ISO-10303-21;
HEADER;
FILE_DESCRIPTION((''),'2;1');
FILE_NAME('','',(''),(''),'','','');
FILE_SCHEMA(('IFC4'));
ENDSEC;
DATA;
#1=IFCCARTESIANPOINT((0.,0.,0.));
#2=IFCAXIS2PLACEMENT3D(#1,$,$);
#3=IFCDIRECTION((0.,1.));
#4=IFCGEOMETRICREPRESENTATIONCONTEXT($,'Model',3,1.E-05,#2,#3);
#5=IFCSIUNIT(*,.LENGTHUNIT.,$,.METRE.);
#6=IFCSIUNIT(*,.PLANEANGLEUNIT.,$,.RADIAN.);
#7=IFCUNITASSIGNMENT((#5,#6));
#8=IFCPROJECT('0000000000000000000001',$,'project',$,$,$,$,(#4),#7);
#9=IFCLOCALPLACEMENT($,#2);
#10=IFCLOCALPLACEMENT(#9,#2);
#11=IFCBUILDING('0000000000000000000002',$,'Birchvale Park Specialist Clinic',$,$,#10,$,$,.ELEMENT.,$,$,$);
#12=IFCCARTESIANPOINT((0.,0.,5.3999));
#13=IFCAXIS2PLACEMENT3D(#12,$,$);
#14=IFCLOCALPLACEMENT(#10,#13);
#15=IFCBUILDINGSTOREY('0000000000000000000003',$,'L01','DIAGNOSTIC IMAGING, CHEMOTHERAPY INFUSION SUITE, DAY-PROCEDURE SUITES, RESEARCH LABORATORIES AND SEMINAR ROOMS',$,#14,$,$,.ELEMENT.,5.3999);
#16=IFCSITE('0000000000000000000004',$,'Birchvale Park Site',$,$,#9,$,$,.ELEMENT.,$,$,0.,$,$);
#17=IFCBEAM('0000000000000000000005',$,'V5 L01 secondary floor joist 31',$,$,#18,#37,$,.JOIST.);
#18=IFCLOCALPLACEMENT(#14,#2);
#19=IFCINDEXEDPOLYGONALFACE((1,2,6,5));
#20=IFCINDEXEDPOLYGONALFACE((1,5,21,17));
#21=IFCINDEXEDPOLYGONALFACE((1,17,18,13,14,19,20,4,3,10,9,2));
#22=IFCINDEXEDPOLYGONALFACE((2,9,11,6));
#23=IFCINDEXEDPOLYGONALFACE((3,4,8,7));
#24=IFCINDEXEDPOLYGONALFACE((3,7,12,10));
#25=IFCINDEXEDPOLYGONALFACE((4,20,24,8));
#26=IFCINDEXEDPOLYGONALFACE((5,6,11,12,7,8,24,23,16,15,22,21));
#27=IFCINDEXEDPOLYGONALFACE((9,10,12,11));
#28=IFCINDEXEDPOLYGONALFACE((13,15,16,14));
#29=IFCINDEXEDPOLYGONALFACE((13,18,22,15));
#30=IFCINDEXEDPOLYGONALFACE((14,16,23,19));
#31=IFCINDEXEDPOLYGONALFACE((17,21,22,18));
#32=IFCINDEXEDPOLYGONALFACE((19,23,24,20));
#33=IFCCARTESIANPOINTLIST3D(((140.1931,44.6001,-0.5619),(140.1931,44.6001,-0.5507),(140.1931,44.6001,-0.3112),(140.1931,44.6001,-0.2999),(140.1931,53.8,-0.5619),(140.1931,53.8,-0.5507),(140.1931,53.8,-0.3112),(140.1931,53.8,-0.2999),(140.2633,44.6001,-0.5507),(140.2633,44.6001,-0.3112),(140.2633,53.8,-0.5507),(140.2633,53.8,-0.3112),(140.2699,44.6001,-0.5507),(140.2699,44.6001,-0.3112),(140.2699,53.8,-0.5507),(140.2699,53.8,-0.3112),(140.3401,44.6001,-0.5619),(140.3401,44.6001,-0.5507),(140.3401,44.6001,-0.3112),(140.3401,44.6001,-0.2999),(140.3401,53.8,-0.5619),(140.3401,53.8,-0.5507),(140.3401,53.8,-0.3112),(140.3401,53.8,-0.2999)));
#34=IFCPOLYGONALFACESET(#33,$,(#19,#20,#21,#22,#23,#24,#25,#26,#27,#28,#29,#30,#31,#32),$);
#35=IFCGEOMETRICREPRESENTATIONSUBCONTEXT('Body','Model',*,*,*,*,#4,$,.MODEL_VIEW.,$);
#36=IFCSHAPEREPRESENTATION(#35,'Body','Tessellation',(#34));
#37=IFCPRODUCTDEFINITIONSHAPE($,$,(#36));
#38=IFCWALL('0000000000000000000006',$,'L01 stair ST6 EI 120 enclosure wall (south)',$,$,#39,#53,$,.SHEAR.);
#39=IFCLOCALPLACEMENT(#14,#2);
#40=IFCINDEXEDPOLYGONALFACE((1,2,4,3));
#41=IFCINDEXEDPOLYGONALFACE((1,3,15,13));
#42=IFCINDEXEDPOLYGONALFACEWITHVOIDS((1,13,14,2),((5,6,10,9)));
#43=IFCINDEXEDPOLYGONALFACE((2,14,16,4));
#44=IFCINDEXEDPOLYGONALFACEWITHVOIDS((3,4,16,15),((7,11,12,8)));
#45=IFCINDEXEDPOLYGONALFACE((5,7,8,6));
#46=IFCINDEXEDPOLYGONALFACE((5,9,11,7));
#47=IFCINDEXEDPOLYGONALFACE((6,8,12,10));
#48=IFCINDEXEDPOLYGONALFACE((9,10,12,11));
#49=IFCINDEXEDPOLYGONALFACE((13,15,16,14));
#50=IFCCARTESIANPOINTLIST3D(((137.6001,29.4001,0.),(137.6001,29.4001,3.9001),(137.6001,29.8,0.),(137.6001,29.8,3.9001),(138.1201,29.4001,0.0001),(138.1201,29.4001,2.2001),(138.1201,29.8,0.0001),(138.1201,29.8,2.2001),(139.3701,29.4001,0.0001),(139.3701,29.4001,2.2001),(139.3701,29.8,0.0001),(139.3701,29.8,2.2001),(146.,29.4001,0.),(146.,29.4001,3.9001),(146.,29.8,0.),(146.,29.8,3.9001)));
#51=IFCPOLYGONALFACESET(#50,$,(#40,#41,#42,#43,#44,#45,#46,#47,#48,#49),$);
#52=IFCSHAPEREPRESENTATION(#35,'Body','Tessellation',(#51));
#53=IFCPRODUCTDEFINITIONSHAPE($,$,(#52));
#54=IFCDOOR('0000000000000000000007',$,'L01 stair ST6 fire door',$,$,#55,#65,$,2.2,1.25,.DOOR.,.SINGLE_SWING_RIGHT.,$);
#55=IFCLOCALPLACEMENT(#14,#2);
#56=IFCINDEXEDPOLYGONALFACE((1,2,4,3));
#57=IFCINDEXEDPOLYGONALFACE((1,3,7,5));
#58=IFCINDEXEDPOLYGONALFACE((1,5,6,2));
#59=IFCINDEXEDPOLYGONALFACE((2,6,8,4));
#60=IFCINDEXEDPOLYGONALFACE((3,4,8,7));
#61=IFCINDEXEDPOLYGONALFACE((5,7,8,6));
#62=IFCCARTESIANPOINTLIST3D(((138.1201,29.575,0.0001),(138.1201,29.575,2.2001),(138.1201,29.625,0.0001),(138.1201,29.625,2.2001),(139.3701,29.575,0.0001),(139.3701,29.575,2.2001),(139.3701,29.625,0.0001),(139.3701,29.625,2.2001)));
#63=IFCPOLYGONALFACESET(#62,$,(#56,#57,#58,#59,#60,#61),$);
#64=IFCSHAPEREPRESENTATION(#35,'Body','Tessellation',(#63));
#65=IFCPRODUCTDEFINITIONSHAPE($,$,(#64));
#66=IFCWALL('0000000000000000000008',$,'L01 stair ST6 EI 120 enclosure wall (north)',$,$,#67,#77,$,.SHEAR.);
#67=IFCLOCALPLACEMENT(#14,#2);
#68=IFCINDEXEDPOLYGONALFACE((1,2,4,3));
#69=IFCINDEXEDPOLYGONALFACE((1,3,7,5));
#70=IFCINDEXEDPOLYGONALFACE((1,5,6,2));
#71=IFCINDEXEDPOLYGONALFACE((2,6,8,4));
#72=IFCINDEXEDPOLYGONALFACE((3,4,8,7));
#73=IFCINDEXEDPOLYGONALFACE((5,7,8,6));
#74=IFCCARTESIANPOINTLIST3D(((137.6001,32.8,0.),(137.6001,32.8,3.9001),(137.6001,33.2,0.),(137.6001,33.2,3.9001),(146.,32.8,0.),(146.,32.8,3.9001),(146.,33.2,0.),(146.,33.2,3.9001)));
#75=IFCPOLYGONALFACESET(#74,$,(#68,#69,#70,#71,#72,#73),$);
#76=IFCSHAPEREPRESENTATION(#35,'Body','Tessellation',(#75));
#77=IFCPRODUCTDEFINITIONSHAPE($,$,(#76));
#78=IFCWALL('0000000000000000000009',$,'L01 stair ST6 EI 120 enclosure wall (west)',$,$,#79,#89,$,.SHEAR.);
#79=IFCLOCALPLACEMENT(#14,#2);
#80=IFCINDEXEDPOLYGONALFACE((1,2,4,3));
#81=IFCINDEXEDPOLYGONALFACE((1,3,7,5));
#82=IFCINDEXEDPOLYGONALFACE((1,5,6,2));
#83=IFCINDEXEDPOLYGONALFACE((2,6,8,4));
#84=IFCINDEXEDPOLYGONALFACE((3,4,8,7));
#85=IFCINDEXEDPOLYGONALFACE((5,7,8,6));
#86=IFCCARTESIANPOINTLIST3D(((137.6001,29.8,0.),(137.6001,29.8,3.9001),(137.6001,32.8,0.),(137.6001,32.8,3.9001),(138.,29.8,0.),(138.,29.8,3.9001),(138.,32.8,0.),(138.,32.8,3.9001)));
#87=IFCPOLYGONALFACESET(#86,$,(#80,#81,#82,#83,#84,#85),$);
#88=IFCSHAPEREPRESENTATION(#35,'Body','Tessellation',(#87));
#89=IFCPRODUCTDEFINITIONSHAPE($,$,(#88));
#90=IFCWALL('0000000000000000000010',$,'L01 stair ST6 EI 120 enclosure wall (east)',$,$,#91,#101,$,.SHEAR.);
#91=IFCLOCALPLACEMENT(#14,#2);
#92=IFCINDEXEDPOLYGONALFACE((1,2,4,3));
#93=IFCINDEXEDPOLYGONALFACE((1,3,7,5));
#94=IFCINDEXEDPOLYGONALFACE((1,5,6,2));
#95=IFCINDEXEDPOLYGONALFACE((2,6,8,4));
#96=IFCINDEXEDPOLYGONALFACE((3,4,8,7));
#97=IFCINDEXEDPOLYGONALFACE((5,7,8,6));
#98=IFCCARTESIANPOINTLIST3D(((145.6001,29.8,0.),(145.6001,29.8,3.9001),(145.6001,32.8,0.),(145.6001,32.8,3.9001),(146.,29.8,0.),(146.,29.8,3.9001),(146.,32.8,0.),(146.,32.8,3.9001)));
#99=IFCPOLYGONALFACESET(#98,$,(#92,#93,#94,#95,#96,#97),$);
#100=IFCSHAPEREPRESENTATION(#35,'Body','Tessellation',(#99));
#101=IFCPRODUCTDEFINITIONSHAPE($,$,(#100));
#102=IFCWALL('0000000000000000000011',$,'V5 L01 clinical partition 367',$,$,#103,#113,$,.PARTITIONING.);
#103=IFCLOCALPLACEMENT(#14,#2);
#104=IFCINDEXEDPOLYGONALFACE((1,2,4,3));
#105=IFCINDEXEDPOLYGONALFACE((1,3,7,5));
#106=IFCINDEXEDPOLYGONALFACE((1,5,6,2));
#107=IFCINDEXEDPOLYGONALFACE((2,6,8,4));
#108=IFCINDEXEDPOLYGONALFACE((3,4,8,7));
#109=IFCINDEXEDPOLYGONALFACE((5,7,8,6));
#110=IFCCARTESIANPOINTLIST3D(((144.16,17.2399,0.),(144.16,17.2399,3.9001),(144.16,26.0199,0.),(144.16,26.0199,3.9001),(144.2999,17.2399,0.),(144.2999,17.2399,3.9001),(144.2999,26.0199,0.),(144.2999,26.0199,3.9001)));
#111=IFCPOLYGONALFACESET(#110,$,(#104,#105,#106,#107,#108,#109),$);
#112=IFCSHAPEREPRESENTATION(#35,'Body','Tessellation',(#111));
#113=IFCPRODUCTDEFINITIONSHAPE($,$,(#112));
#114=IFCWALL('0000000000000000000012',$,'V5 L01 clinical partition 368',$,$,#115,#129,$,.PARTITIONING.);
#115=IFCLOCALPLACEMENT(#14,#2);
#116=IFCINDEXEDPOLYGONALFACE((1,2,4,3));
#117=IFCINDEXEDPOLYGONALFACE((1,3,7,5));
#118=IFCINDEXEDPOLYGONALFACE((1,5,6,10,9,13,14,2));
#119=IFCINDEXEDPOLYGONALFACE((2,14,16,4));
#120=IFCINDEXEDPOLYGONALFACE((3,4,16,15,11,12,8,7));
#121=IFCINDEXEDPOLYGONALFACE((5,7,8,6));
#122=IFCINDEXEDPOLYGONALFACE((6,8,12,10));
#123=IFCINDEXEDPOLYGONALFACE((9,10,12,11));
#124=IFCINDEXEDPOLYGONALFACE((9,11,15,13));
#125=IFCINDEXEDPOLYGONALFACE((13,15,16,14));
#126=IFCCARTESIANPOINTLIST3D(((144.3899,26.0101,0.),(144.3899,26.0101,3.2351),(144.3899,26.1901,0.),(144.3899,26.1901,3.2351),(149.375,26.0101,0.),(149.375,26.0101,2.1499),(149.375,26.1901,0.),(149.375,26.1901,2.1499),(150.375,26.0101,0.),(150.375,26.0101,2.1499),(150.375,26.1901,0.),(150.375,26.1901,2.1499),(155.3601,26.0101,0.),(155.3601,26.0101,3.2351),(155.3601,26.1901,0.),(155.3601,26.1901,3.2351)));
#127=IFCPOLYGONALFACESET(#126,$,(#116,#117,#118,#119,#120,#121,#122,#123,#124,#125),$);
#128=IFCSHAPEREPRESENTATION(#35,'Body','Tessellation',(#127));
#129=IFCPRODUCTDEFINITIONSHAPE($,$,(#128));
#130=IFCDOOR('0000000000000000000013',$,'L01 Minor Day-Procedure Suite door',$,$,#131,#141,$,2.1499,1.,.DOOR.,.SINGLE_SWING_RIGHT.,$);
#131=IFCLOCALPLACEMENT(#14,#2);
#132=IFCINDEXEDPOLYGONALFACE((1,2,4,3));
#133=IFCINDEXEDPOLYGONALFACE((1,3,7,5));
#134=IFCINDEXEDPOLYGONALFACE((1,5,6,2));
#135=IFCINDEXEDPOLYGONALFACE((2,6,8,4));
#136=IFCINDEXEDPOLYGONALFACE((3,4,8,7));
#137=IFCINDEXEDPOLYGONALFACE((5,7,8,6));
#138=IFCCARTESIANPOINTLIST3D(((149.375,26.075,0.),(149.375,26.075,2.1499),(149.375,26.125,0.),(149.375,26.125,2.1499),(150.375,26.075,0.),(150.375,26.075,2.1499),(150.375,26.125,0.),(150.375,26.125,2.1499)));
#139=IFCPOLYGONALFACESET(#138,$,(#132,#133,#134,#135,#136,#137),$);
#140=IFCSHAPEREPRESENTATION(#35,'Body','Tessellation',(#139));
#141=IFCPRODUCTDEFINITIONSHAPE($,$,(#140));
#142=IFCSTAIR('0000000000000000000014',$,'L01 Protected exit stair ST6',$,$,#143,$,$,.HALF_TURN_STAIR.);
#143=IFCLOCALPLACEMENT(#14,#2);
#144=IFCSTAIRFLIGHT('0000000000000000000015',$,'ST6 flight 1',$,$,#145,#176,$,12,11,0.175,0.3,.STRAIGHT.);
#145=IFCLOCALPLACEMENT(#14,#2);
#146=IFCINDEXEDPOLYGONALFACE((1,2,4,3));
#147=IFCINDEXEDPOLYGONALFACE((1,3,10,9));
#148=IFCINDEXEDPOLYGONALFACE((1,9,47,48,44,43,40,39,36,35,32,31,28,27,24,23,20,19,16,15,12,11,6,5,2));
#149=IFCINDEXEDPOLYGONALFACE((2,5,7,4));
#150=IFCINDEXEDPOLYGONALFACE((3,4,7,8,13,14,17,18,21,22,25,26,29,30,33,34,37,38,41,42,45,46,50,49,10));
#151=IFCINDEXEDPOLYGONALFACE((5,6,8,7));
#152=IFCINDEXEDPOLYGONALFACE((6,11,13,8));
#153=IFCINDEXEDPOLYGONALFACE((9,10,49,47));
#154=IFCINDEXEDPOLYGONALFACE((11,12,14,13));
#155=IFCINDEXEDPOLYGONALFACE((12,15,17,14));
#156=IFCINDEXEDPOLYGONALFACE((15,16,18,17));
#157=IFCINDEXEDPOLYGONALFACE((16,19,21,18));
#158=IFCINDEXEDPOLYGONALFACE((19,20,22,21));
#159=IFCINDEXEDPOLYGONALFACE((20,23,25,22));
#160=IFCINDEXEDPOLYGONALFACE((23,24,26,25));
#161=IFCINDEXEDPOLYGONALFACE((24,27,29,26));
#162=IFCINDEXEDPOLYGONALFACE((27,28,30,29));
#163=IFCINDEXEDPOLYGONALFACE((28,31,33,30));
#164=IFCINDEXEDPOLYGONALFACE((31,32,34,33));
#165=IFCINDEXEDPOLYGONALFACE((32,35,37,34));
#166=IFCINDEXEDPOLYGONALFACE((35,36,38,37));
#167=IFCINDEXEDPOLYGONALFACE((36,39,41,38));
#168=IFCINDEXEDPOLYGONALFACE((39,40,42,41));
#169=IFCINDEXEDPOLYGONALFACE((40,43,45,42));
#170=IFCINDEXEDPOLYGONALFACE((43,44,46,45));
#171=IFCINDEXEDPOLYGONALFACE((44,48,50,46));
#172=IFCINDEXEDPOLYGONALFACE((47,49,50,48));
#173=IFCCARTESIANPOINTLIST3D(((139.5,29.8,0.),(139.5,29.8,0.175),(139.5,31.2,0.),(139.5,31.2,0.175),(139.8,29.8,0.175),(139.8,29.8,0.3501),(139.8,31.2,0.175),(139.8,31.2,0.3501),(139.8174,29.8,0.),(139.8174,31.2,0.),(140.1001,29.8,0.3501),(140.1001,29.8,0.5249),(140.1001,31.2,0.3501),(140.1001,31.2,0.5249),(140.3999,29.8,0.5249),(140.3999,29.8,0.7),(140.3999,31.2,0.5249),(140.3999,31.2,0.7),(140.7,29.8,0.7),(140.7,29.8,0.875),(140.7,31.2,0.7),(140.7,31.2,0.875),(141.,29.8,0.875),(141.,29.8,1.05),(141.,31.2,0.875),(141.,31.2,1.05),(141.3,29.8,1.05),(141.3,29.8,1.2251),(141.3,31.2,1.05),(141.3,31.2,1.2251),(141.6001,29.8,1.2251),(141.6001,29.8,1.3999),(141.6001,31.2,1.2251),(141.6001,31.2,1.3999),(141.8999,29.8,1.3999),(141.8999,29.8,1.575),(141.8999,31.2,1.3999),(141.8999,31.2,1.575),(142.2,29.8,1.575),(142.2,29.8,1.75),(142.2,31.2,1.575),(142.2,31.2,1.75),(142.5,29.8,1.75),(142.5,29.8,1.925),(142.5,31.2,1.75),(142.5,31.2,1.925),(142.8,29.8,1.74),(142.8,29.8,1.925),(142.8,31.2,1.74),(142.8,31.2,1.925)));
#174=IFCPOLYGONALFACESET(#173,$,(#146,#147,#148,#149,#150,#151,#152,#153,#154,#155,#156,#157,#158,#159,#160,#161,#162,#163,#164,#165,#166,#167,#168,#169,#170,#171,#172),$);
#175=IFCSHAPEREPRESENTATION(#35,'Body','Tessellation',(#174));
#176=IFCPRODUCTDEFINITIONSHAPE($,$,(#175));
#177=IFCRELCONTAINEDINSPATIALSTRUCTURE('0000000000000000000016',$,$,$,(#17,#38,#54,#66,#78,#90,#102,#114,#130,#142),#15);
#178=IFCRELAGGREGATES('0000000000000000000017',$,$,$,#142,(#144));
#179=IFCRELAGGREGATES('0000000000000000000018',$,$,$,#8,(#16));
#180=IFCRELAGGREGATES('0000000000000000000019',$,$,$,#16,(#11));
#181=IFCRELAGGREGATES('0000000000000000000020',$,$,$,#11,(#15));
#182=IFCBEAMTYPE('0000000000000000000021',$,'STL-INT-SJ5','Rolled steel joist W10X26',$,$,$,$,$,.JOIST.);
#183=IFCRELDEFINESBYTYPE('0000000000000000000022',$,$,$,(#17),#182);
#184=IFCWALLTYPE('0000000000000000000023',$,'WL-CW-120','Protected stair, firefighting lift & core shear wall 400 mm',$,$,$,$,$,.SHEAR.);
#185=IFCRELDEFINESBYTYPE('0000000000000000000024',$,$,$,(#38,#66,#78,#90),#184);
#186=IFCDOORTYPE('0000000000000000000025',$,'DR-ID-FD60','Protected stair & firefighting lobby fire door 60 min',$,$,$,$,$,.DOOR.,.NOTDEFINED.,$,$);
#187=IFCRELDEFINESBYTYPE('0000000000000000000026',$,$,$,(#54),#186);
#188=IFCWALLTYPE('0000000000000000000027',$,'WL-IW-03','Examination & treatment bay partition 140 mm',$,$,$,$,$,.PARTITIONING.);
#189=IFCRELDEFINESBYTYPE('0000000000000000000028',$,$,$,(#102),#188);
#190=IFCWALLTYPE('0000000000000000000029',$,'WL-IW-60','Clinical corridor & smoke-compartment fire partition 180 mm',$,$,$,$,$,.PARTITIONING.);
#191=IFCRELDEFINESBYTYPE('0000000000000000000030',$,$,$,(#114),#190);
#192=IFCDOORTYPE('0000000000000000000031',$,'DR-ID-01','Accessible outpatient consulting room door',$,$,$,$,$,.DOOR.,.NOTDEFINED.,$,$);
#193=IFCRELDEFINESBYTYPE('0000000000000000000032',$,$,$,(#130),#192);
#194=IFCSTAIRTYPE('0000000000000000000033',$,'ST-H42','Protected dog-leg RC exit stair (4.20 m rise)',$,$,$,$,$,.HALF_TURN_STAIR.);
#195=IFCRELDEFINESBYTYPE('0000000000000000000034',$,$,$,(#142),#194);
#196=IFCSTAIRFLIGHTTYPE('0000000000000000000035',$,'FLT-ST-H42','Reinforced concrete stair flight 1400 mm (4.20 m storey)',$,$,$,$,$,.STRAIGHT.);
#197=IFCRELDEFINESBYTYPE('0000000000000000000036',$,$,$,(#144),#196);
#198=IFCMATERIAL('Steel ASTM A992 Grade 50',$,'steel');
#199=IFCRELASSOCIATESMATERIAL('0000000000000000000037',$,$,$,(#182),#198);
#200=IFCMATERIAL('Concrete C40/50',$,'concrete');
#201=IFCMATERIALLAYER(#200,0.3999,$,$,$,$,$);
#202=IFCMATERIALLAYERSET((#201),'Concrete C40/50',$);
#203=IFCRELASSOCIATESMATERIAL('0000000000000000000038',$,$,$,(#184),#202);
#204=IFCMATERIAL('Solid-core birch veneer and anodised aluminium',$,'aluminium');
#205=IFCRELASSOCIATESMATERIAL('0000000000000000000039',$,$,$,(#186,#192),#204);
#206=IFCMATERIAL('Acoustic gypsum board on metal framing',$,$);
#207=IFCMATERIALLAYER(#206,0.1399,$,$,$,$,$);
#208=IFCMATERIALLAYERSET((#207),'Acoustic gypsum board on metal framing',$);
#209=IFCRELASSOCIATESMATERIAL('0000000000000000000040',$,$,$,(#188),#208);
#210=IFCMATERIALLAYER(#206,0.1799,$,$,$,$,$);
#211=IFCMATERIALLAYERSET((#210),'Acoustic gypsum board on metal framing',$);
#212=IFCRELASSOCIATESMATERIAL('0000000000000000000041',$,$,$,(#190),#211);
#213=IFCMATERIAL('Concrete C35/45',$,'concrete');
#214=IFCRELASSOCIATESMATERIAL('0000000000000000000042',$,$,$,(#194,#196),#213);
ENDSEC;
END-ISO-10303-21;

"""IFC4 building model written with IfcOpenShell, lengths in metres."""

from ifc_helpers import new_model, si_unit, direction, frame, frame_2d, origin, origin_2d, place, context, subcontext, project, spatial, polyline, rectangle, i_section, outline, extrude, material, layer, layer_set, material_profile, profile_set, type_object, element, fill, aggregate, save


model = new_model("IFC4")

# Units and contexts
model_context = context("Model", 3, precision=1e-05, world=origin(), true_north=direction((0.0, 1.0)))
body_context = subcontext(model_context, "Body", "Model", "MODEL_VIEW")
ifc_project = project(units=[si_unit("LENGTHUNIT", "METRE"), si_unit("PLANEANGLEUNIT", "RADIAN")], contexts=[model_context])

# Site, building, storey
site_placement = place(None, origin())
site = spatial("IfcSite", under=ifc_project, at=site_placement, Name="Birchvale Park Site", CompositionType="ELEMENT", RefElevation=0.0)
building_placement = place(site_placement, origin())
building = spatial("IfcBuilding", under=site, at=building_placement, Name="Birchvale Park Specialist Clinic", CompositionType="ELEMENT")
storey_placement = place(building_placement, frame((0.0, 0.0, 5.3999)))
storey = spatial("IfcBuildingStorey", under=building, at=storey_placement, Name="L01", Description="DIAGNOSTIC IMAGING, CHEMOTHERAPY INFUSION SUITE, DAY-PROCEDURE SUITES, RESEARCH LABORATORIES AND SEMINAR ROOMS", CompositionType="ELEMENT", Elevation=5.3999)

# Shared definitions
ifc_material_1 = material(Name="Concrete C40/50", Category="concrete")

# Beam
ifc_material_2 = material(Name="Steel ASTM A992 Grade 50", Category="steel")
ifc_material_profile_1 = material_profile(ifc_material_2, i_section(OverallWidth=0.147, OverallDepth=0.262, WebThickness=0.0066, FlangeThickness=0.0112, at=origin_2d()), Name="W10X26")
ifc_profile_set_1 = profile_set([ifc_material_profile_1], Name="Steel ASTM A992 Grade 50")
beam_type_1 = type_object("IfcBeamType", Name="STL-INT-SJ5", Description="Rolled steel joist W10X26", PredefinedType="JOIST", material=ifc_profile_set_1)
beam_1_placement = place(storey_placement, frame((140.2666, 44.6001, -0.4309), z_axis=(0.0, 1.0, 0.0), x_axis=(-1.0, 0.0, 0.0)))
element("IfcBeam", 1, at=beam_1_placement, inside=storey, type_object=beam_type_1, Name="V5 L01 secondary floor joist 31", PredefinedType="JOIST", context=body_context, shape_type="SweptSolid", body=[
    extrude(i_section(OverallWidth=0.147, OverallDepth=0.262, WebThickness=0.0066, FlangeThickness=0.0112, at=origin_2d()), origin(), (0.0, 0.0, 1.0), 9.2),
])

# Wall, opening, door
ifc_layer_1 = layer(ifc_material_1, 0.3999)
ifc_layer_set_1 = layer_set([ifc_layer_1], Name="Concrete C40/50")
wall_type_1 = type_object("IfcWallType", Name="WL-CW-120", Description="Protected stair, firefighting lift & core shear wall 400 mm", PredefinedType="SHEAR", material=ifc_layer_set_1)
wall_1_placement = place(storey_placement, frame((137.6001, 29.6001, 0.0), z_axis=(0.0, 0.0, 1.0), x_axis=(1.0, 0.0, 0.0)))
wall_1 = element("IfcWall", 2, at=wall_1_placement, inside=storey, type_object=wall_type_1, Name="L01 stair ST6 EI 120 enclosure wall (south)", PredefinedType="SHEAR", context=body_context, shape_type="SweptSolid", body=[
    extrude(rectangle(XDim=8.3999, YDim=0.3999, at=frame_2d((4.2, 0.0))), origin(), (0.0, 0.0, 1.0), 3.9001),
])
opening_1_placement = place(wall_1_placement, frame((0.52, 0.0, 0.0)))
opening_1 = element("IfcOpeningElement", 3, at=opening_1_placement, cuts=wall_1, PredefinedType="OPENING", context=body_context, shape_type="SweptSolid", body=[
    extrude(rectangle(XDim=1.25, YDim=2.2, at=frame_2d((0.625, 1.1001))), frame((0.0, 0.21, 0.0), z_axis=(0.0, -1.0, 0.0), x_axis=(1.0, 0.0, 0.0)), (0.0, 0.0, 1.0), 0.4199),
])
ifc_material_3 = material(Name="Solid-core birch veneer and anodised aluminium", Category="aluminium")
door_type_1 = type_object("IfcDoorType", Name="DR-ID-FD60", Description="Protected stair & firefighting lobby fire door 60 min", OperationType="NOTDEFINED", PredefinedType="DOOR", material=ifc_material_3)
door_1_placement = place(opening_1_placement, origin())
door_1 = element("IfcDoor", 4, at=door_1_placement, inside=storey, type_object=door_type_1, Name="L01 stair ST6 fire door", OperationType="SINGLE_SWING_RIGHT", OverallHeight=2.2, OverallWidth=1.25, PredefinedType="DOOR", context=body_context, shape_type="SweptSolid", body=[
    extrude(rectangle(XDim=1.25, YDim=2.2, at=frame_2d((0.625, 1.1001))), frame((0.0, 0.0249, 0.0), z_axis=(0.0, -1.0, 0.0), x_axis=(1.0, 0.0, 0.0)), (0.0, 0.0, 1.0), 0.05),
])
fill(opening_1, door_1)

# Walls
wall_2_placement = place(storey_placement, frame((146.0, 33.0, 0.0), z_axis=(0.0, 0.0, 1.0), x_axis=(-1.0, 0.0, 0.0)))
element("IfcWall", 5, at=wall_2_placement, inside=storey, type_object=wall_type_1, Name="L01 stair ST6 EI 120 enclosure wall (north)", PredefinedType="SHEAR", context=body_context, shape_type="SweptSolid", body=[
    extrude(rectangle(XDim=8.3999, YDim=0.3999, at=frame_2d((4.2, 0.0))), origin(), (0.0, 0.0, 1.0), 3.9001),
])
for number, where, z_axis, x_axis, name in (
    (6, (137.8, 29.8, 0.0), (0.0, 0.0, 1.0), (0.0, 1.0, 0.0), "L01 stair ST6 EI 120 enclosure wall (west)"),
    (7, (145.8, 32.8, 0.0), (0.0, 0.0, 1.0), (0.0, -1.0, 0.0), "L01 stair ST6 EI 120 enclosure wall (east)"),
):
    element("IfcWall", number, at=place(storey_placement, frame(where, z_axis=z_axis, x_axis=x_axis)), inside=storey, type_object=wall_type_1, Name=name, PredefinedType="SHEAR", context=body_context, shape_type="SweptSolid", body=[
        extrude(rectangle(XDim=3.0, YDim=0.3999, at=frame_2d((1.5, 0.0))), origin(), (0.0, 0.0, 1.0), 3.9001),
    ])
ifc_material_4 = material(Name="Acoustic gypsum board on metal framing")
ifc_layer_2 = layer(ifc_material_4, 0.1399)
ifc_layer_set_2 = layer_set([ifc_layer_2], Name="Acoustic gypsum board on metal framing")
wall_type_2 = type_object("IfcWallType", Name="WL-IW-03", Description="Examination & treatment bay partition 140 mm", PredefinedType="PARTITIONING", material=ifc_layer_set_2)
wall_3_placement = place(storey_placement, frame((144.23, 26.02, 0.0), z_axis=(0.0, 0.0, 1.0), x_axis=(0.0, -1.0, 0.0)))
element("IfcWall", 8, at=wall_3_placement, inside=storey, type_object=wall_type_2, Name="V5 L01 clinical partition 367", PredefinedType="PARTITIONING", context=body_context, shape_type="SweptSolid", body=[
    extrude(rectangle(XDim=8.78, YDim=0.1399, at=frame_2d((4.3901, 0.0))), origin(), (0.0, 0.0, 1.0), 3.9001),
])

# Wall, opening, door
ifc_layer_3 = layer(ifc_material_4, 0.1799)
ifc_layer_set_3 = layer_set([ifc_layer_3], Name="Acoustic gypsum board on metal framing")
wall_type_3 = type_object("IfcWallType", Name="WL-IW-60", Description="Clinical corridor & smoke-compartment fire partition 180 mm", PredefinedType="PARTITIONING", material=ifc_layer_set_3)
wall_4_placement = place(storey_placement, frame((144.3899, 26.1001, 0.0), z_axis=(0.0, 0.0, 1.0), x_axis=(1.0, 0.0, 0.0)))
wall_4 = element("IfcWall", 9, at=wall_4_placement, inside=storey, type_object=wall_type_3, Name="V5 L01 clinical partition 368", PredefinedType="PARTITIONING", context=body_context, shape_type="SweptSolid", body=[
    extrude(rectangle(XDim=10.9702, YDim=0.1799, at=frame_2d((5.4851, 0.0))), origin(), (0.0, 0.0, 1.0), 3.2351),
])
opening_2_placement = place(wall_4_placement, frame((4.9851, 0.0, 0.0)))
opening_2 = element("IfcOpeningElement", 10, at=opening_2_placement, cuts=wall_4, PredefinedType="OPENING", context=body_context, shape_type="SweptSolid", body=[
    extrude(rectangle(XDim=1.0, YDim=2.1499, at=frame_2d((0.5, 1.075))), frame((0.0, 0.1001, 0.0), z_axis=(0.0, -1.0, 0.0), x_axis=(1.0, 0.0, 0.0)), (0.0, 0.0, 1.0), 0.2),
])
door_type_2 = type_object("IfcDoorType", Name="DR-ID-01", Description="Accessible outpatient consulting room door", OperationType="NOTDEFINED", PredefinedType="DOOR", material=ifc_material_3)
door_2_placement = place(opening_2_placement, origin())
door_2 = element("IfcDoor", 11, at=door_2_placement, inside=storey, type_object=door_type_2, Name="L01 Minor Day-Procedure Suite door", OperationType="SINGLE_SWING_RIGHT", OverallHeight=2.1499, OverallWidth=1.0, PredefinedType="DOOR", context=body_context, shape_type="SweptSolid", body=[
    extrude(rectangle(XDim=1.0, YDim=2.1499, at=frame_2d((0.5, 1.075))), frame((0.0, 0.0249, 0.0), z_axis=(0.0, -1.0, 0.0), x_axis=(1.0, 0.0, 0.0)), (0.0, 0.0, 1.0), 0.05),
])
fill(opening_2, door_2)

# Stair, stair flight
ifc_material_5 = material(Name="Concrete C35/45", Category="concrete")
stair_type = type_object("IfcStairType", Name="ST-H42", Description="Protected dog-leg RC exit stair (4.20 m rise)", PredefinedType="HALF_TURN_STAIR", material=ifc_material_5)
stair_placement = place(storey_placement, origin())
stair = element("IfcStair", 12, at=stair_placement, inside=storey, type_object=stair_type, Name="L01 Protected exit stair ST6", PredefinedType="HALF_TURN_STAIR")
stair_flight_type = type_object("IfcStairFlightType", Name="FLT-ST-H42", Description="Reinforced concrete stair flight 1400 mm (4.20 m storey)", PredefinedType="STRAIGHT", material=ifc_material_5)
stair_flight_1_placement = place(storey_placement, frame((139.5, 30.5, 0.0), z_axis=(0.0, 0.0, 1.0), x_axis=(1.0, 0.0, 0.0)))
stair_flight_1 = element("IfcStairFlight", 13, at=stair_flight_1_placement, type_object=stair_flight_type, Name="ST6 flight 1", NumberOfRisers=12, NumberOfTreads=11, PredefinedType="STRAIGHT", RiserHeight=0.175, TreadLength=0.3, context=body_context, shape_type="SweptSolid", body=[
    extrude(outline(polyline([(0.0, 0.0), (0.0, 0.175), (0.3, 0.175), (0.3, 0.3501), (0.6001, 0.3501), (0.6001, 0.5249), (0.8999, 0.5249), (0.8999, 0.7), (1.2, 0.7), (1.2, 0.875), (1.5, 0.875), (1.5, 1.05), (1.8, 1.05), (1.8, 1.2251), (2.1001, 1.2251), (2.1001, 1.3999), (2.3999, 1.3999), (2.3999, 1.575), (2.7, 1.575), (2.7, 1.75), (3.0, 1.75), (3.0, 1.925), (3.3, 1.925), (3.3, 2.1001), (3.3, 1.74), (0.3174, 0.0), (0.0, 0.0)])), frame((0.0, 0.7, 0.0), z_axis=(0.0, -1.0, 0.0), x_axis=(1.0, 0.0, 0.0)), (0.0, 0.0, 1.0), 1.3999),
])
aggregate(stair, [stair_flight_1])

save(model, "model.ifc")
